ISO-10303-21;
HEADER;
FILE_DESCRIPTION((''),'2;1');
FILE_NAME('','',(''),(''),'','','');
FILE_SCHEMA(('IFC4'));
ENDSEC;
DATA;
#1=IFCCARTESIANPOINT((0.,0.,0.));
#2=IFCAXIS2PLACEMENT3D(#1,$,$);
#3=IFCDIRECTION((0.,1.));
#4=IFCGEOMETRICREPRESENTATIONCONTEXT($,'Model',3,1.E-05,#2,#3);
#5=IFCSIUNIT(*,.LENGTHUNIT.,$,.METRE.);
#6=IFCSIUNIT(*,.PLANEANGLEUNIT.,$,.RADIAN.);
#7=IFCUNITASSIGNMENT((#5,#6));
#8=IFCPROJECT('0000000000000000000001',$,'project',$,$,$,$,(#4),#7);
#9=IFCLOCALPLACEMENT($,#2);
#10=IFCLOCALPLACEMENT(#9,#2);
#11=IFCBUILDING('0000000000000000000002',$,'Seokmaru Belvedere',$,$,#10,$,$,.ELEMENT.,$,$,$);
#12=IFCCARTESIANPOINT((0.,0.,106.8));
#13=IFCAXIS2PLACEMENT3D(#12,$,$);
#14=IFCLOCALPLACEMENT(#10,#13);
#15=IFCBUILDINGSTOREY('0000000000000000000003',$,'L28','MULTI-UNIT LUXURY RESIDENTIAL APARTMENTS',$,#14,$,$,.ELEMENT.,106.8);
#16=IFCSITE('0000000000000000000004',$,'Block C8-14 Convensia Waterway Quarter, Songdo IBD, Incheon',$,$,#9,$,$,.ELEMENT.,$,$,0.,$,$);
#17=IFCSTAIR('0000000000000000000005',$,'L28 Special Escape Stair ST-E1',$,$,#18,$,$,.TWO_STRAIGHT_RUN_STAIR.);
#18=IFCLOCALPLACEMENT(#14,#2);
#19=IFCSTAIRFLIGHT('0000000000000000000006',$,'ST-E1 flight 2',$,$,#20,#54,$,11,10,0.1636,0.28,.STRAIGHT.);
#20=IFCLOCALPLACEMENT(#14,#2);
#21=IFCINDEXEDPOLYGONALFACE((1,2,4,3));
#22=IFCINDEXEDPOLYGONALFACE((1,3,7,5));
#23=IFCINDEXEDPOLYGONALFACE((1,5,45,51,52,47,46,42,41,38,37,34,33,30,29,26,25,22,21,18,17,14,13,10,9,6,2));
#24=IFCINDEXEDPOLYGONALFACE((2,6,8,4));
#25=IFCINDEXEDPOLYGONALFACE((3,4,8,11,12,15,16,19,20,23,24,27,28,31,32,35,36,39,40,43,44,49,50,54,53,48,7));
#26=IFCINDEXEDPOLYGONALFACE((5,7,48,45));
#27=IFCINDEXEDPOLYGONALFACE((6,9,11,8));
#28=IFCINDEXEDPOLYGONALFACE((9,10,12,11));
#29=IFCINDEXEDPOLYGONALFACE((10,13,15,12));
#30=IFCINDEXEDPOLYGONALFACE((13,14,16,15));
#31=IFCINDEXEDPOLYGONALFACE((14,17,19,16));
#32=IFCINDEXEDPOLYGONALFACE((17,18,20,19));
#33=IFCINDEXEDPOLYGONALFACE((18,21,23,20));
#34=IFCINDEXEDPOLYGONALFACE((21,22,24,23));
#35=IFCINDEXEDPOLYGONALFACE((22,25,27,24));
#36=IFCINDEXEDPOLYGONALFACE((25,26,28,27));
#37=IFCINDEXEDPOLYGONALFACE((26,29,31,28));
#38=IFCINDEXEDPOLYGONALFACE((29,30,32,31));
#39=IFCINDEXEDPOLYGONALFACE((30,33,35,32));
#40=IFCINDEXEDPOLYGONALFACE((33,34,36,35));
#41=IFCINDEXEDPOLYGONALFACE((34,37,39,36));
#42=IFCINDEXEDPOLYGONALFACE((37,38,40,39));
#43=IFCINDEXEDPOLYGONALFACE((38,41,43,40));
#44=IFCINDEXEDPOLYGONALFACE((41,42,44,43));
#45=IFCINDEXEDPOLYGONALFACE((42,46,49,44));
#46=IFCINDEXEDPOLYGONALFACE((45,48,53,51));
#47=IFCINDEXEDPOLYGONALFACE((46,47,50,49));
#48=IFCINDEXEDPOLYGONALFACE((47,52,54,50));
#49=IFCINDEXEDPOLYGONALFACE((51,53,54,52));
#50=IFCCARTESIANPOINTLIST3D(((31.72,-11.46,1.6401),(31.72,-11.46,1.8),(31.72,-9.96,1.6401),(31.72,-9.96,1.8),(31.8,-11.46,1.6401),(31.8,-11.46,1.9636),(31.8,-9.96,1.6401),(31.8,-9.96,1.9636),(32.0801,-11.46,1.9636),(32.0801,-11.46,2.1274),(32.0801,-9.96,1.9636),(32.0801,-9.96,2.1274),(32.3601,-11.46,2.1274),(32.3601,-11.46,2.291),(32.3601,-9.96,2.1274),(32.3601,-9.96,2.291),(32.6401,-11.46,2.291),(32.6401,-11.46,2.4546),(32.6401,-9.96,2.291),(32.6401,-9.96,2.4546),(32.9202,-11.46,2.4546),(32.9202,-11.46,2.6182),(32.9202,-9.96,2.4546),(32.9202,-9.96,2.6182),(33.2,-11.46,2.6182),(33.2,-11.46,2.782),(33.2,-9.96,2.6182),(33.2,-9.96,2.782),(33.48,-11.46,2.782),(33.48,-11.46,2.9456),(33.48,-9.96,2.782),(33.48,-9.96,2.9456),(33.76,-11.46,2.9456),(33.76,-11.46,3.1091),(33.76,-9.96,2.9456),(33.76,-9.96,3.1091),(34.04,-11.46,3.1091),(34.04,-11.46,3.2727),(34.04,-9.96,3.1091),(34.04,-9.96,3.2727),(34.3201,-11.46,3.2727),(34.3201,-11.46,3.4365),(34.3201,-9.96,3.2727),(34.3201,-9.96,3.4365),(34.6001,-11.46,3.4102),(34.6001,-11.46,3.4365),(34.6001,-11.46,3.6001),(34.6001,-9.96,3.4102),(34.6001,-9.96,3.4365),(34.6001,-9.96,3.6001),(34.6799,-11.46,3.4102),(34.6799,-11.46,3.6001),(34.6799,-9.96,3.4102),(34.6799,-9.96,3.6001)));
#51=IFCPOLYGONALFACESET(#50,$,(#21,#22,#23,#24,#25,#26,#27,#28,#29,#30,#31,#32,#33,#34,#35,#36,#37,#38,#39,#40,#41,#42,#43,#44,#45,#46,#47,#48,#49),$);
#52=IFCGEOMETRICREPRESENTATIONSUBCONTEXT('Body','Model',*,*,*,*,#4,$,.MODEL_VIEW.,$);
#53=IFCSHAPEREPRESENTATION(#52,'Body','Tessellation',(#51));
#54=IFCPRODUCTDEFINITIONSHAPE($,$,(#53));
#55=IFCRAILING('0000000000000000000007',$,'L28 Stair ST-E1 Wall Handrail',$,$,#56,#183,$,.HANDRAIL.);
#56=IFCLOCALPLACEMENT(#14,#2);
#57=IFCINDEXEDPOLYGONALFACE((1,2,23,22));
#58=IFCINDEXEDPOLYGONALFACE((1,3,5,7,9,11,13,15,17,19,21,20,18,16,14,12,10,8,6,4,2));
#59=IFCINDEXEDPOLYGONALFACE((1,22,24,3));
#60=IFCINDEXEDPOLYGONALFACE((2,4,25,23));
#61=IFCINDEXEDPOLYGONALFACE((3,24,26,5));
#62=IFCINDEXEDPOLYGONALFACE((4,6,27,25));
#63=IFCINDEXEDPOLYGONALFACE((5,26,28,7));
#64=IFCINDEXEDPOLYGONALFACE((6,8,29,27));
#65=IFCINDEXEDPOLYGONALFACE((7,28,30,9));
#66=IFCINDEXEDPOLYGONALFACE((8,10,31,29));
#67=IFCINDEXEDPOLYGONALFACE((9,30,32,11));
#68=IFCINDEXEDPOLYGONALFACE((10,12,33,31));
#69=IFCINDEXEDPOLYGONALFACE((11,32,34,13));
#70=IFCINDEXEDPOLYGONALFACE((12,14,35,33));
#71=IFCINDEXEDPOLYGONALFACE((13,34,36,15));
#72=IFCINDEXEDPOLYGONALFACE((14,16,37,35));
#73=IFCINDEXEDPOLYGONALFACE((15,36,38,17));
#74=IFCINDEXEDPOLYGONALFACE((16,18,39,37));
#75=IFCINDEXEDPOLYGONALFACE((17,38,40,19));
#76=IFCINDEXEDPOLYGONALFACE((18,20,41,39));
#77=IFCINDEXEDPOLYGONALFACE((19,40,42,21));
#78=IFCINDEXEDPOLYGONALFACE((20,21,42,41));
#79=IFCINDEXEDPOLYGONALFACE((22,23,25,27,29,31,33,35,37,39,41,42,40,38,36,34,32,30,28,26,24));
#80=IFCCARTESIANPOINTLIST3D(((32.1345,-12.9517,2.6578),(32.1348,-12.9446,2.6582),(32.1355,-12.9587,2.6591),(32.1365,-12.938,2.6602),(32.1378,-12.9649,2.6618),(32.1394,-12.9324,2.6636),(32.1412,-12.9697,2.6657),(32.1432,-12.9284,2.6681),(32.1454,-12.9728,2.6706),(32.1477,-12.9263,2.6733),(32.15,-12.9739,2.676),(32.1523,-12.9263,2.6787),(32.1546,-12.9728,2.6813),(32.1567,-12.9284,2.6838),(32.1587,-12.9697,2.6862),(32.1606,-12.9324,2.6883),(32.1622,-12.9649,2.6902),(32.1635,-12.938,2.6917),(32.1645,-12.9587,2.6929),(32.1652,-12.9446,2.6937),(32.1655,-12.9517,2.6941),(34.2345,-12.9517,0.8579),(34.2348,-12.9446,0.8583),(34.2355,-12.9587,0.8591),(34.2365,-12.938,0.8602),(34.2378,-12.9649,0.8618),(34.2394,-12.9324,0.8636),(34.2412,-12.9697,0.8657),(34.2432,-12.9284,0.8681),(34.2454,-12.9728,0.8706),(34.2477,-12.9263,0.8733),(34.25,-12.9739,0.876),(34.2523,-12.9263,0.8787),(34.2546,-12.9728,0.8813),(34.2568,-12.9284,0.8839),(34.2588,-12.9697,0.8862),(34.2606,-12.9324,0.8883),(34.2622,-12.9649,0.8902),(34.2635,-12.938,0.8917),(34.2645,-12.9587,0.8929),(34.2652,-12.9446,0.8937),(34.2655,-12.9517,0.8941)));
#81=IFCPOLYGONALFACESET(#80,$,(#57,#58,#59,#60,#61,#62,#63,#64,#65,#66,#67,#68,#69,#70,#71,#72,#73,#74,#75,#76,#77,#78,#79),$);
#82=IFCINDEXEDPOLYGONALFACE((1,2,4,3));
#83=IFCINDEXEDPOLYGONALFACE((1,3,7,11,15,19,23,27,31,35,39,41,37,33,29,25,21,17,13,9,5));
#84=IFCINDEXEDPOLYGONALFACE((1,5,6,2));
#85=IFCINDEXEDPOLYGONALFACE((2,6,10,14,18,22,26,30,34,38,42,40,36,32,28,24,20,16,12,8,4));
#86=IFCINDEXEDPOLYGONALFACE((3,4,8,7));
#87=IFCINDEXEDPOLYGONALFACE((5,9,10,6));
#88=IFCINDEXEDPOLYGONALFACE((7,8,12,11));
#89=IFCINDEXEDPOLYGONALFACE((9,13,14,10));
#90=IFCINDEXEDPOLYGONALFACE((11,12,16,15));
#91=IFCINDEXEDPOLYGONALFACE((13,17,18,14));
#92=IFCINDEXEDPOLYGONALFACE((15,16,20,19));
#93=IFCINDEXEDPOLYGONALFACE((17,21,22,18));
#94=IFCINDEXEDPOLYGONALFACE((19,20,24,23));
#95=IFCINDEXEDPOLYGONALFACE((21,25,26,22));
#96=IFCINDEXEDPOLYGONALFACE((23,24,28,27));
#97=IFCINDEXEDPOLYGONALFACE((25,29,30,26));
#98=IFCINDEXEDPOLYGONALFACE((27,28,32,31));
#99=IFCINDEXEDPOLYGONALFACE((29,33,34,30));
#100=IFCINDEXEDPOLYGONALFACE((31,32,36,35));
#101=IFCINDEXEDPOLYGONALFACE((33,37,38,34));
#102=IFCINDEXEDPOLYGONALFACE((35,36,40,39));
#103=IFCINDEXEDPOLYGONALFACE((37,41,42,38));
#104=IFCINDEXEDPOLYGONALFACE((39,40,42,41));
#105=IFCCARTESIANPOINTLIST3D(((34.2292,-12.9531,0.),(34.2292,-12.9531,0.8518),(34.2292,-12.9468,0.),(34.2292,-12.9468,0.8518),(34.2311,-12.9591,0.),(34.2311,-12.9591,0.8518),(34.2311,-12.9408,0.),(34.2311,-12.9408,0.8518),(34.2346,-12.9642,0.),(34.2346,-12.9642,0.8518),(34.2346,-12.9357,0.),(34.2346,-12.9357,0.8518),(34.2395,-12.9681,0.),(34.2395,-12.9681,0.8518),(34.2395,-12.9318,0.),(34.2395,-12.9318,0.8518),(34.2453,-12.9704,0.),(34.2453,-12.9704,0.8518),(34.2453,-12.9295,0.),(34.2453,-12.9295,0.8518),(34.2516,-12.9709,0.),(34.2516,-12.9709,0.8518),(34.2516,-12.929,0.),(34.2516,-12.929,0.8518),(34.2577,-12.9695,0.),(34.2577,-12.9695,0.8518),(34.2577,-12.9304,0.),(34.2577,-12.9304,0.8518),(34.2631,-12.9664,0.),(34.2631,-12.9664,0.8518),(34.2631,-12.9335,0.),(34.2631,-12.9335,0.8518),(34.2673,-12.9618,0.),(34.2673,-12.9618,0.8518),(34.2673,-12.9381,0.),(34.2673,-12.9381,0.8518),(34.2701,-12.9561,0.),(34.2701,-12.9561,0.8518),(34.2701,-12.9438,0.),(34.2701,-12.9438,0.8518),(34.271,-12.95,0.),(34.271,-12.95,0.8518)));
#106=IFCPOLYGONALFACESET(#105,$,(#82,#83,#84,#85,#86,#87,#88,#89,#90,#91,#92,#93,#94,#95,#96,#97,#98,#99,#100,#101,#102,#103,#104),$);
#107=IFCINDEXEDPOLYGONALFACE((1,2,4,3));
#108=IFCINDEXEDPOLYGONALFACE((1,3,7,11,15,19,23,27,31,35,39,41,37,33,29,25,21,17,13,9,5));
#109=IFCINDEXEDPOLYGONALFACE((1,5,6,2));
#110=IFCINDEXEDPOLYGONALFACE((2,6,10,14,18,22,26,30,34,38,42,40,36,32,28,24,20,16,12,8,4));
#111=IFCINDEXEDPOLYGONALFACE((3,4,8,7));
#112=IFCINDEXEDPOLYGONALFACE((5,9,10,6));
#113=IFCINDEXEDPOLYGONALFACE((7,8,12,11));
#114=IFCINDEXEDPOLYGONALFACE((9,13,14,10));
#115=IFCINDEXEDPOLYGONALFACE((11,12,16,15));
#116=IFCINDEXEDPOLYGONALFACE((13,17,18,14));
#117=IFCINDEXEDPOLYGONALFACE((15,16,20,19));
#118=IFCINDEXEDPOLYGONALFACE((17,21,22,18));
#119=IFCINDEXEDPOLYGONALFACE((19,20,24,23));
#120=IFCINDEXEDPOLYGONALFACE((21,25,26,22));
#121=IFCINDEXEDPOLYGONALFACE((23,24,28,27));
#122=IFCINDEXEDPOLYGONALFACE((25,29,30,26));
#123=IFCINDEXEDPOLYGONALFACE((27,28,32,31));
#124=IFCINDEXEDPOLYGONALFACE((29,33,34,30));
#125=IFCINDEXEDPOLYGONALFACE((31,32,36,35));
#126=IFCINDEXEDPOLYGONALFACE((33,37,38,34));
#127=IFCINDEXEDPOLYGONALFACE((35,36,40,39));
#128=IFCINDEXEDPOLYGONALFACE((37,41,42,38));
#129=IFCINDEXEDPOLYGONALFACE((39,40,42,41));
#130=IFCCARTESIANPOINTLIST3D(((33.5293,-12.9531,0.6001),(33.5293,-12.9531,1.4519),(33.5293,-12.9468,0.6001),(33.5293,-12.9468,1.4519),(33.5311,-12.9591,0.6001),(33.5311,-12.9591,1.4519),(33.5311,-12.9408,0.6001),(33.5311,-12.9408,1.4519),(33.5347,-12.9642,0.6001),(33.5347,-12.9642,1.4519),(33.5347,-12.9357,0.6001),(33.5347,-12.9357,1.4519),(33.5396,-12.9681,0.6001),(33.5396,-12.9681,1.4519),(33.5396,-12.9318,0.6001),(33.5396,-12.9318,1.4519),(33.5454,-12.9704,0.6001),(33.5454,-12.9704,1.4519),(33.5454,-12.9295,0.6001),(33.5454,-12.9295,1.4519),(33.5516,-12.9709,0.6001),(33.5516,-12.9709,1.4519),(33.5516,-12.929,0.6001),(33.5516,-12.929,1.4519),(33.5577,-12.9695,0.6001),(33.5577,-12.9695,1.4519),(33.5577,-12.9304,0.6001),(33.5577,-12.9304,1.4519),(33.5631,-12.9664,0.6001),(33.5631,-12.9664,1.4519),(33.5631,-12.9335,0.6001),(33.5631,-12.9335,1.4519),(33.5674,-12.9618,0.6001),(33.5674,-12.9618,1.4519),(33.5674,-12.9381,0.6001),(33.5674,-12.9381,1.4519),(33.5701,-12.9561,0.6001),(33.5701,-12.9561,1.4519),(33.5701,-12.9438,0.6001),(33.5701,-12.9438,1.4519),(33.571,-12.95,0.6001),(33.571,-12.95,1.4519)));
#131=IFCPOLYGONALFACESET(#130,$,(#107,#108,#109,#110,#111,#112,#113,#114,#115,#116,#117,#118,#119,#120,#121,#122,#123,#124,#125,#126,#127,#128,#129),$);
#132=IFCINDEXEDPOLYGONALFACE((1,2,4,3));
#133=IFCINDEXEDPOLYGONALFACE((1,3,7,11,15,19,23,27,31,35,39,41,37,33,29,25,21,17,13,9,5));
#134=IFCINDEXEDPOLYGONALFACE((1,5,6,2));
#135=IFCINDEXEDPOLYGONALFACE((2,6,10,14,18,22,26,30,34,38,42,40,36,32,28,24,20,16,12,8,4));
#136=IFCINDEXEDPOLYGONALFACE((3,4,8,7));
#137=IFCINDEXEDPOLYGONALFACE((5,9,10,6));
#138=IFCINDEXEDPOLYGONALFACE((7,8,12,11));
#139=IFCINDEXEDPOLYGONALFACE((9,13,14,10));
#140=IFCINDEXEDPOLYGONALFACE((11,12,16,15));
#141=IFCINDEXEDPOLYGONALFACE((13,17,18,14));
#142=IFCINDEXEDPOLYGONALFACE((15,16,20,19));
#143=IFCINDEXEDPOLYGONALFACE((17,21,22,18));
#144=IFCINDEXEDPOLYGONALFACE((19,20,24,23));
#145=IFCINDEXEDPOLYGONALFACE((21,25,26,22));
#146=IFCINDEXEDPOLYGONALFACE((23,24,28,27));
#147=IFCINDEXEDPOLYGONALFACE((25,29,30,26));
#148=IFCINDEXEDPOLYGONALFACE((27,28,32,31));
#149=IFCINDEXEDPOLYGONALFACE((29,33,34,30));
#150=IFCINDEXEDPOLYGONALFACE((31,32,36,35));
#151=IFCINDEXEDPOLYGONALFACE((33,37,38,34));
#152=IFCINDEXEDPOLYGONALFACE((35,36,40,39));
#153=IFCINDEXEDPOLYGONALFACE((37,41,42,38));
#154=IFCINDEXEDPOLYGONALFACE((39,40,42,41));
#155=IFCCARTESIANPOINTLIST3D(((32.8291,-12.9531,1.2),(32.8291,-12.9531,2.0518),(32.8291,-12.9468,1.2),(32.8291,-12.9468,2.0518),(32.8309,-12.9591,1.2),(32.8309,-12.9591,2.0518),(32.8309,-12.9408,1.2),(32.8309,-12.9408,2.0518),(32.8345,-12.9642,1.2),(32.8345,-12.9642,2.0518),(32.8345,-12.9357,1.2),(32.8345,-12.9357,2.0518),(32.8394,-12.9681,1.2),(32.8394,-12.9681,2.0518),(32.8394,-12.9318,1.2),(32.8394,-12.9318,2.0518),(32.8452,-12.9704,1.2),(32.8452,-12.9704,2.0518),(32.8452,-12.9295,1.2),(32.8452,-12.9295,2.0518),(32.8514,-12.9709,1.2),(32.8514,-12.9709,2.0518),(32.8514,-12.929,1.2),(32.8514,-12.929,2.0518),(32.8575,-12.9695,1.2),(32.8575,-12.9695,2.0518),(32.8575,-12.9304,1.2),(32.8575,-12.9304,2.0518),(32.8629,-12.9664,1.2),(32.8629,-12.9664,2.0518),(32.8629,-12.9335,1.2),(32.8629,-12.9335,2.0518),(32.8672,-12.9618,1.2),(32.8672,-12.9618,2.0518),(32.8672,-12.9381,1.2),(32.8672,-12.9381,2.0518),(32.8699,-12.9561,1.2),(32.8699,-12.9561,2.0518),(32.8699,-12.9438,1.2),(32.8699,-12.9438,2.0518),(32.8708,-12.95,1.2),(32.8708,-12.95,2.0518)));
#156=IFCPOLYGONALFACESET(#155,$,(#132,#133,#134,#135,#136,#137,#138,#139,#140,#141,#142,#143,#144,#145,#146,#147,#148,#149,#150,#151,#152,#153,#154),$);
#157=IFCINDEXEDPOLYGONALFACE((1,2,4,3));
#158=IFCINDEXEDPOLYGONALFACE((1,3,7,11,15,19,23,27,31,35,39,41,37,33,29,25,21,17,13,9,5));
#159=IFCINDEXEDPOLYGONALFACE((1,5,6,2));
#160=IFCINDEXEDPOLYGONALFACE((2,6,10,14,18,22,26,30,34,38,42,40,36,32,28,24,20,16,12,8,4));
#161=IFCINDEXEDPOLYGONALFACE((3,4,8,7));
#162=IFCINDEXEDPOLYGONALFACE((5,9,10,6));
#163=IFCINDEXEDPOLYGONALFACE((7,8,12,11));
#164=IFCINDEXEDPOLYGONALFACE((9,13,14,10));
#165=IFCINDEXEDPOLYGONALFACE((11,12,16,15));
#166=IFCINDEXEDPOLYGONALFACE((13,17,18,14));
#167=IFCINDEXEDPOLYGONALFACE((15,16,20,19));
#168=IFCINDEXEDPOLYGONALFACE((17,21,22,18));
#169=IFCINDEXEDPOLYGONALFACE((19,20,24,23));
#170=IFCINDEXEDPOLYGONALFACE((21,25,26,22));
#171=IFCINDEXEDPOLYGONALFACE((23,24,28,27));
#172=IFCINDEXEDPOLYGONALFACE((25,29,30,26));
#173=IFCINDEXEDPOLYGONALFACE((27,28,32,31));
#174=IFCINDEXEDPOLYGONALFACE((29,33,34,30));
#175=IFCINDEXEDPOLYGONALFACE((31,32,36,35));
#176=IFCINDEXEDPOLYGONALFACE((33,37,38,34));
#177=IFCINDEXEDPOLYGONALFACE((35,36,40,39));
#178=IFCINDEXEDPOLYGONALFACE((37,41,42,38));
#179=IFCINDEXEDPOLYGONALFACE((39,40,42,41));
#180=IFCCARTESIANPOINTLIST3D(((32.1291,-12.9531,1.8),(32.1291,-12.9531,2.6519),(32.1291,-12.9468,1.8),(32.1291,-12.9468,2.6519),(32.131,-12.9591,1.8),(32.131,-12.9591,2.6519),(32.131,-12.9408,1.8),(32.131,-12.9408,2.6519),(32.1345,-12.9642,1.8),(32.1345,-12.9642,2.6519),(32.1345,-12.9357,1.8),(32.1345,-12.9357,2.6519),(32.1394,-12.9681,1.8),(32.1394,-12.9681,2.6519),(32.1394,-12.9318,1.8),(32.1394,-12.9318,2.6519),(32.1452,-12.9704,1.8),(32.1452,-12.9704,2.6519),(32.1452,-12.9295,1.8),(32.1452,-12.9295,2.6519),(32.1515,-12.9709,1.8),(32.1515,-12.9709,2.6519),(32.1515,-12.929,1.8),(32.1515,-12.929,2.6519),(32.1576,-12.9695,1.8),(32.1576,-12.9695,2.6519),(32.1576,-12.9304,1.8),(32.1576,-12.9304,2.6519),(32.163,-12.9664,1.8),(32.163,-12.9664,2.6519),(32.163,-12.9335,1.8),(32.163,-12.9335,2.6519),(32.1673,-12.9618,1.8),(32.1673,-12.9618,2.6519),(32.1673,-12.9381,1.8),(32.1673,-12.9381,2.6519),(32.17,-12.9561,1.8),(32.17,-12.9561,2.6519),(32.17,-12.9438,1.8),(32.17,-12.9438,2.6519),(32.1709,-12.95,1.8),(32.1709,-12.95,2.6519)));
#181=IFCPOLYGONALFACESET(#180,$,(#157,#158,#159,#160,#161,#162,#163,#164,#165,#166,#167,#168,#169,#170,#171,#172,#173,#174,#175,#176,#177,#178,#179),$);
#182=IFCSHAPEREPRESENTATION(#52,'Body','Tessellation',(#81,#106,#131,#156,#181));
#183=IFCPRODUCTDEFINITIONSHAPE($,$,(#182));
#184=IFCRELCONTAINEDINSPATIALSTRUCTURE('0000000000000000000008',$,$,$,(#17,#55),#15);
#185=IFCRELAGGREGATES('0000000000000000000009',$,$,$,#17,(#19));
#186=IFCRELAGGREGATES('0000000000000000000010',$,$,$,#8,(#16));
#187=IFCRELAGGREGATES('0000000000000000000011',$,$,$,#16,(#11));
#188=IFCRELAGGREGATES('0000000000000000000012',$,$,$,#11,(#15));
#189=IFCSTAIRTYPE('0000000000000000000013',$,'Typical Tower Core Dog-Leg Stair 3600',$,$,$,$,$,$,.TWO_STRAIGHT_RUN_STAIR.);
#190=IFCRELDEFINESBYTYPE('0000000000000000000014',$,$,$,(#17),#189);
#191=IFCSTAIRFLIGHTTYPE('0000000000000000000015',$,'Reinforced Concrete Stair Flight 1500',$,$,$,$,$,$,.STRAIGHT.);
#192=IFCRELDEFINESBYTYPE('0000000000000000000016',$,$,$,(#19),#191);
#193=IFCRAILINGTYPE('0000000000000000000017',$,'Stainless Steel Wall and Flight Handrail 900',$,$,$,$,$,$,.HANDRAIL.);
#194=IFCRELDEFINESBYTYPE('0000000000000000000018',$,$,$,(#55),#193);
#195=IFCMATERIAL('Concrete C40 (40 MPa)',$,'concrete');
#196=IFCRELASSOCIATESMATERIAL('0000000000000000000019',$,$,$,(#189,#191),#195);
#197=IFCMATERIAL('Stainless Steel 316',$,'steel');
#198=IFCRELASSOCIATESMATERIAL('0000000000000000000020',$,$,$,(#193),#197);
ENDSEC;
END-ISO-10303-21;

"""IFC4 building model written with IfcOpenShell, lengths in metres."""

from ifc_helpers import new_model, si_unit, direction, frame, origin, origin_2d, place, context, subcontext, project, spatial, polyline, circle, outline, extrude, material, type_object, element, aggregate, save


model = new_model("IFC4")

# Units and contexts
model_context = context("Model", 3, precision=1e-05, world=origin(), true_north=direction((0.0, 1.0)))
body_context = subcontext(model_context, "Body", "Model", "MODEL_VIEW")
ifc_project = project(units=[si_unit("LENGTHUNIT", "METRE"), si_unit("PLANEANGLEUNIT", "RADIAN")], contexts=[model_context])

# Site, building, storey
site_placement = place(None, origin())
site = spatial("IfcSite", under=ifc_project, at=site_placement, Name="Block C8-14 Convensia Waterway Quarter, Songdo IBD, Incheon", CompositionType="ELEMENT", RefElevation=0.0)
building_placement = place(site_placement, origin())
building = spatial("IfcBuilding", under=site, at=building_placement, Name="Seokmaru Belvedere", CompositionType="ELEMENT")
storey_placement = place(building_placement, frame((0.0, 0.0, 106.8)))
storey = spatial("IfcBuildingStorey", under=building, at=storey_placement, Name="L28", Description="MULTI-UNIT LUXURY RESIDENTIAL APARTMENTS", CompositionType="ELEMENT", Elevation=106.8)

# Shared definitions
ifc_material_1 = material(Name="Stainless Steel 316", Category="steel")

# Stair, stair flight
ifc_material_2 = material(Name="Concrete C40 (40 MPa)", Category="concrete")
stair_type = type_object("IfcStairType", Name="Typical Tower Core Dog-Leg Stair 3600", PredefinedType="TWO_STRAIGHT_RUN_STAIR", material=ifc_material_2)
stair_placement = place(storey_placement, origin())
stair = element("IfcStair", 1, at=stair_placement, inside=storey, type_object=stair_type, Name="L28 Special Escape Stair ST-E1", PredefinedType="TWO_STRAIGHT_RUN_STAIR")
stair_flight_type = type_object("IfcStairFlightType", Name="Reinforced Concrete Stair Flight 1500", PredefinedType="STRAIGHT", material=ifc_material_2)
stair_flight_1_placement = place(storey_placement, frame((31.8, -10.71, 1.8), z_axis=(0.0, 0.0, 1.0), x_axis=(1.0, 0.0, 0.0)))
stair_flight_1 = element("IfcStairFlight", 2, at=stair_flight_1_placement, type_object=stair_flight_type, Name="ST-E1 flight 2", NumberOfRisers=11, NumberOfTreads=10, PredefinedType="STRAIGHT", RiserHeight=0.1636, TreadLength=0.28, context=body_context, shape_type="SweptSolid", body=[
    extrude(outline(polyline([(-0.0801, 0.0), (0.0, 0.1636), (0.28, 0.1636), (0.28, 0.3274), (0.5601, 0.3274), (0.5601, 0.491), (0.8401, 0.491), (0.8401, 0.6545), (1.1201, 0.6545), (1.1201, 0.8181), (1.3999, 0.8181), (1.3999, 0.9819), (1.6799, 0.9819), (1.6799, 1.1455), (1.96, 1.1455), (1.96, 1.3091), (2.24, 1.3091), (2.24, 1.4727), (2.52, 1.4727), (2.52, 1.6365), (2.8, 1.6365), (2.8, 1.8), (2.8799, 1.8), (2.8799, 1.6101), (2.8, 1.6101), (0.0, -0.1599), (-0.0801, -0.1599), (-0.0801, 0.0)])), frame((0.0, 0.75, 0.0), z_axis=(0.0, -1.0, 0.0), x_axis=(1.0, 0.0, 0.0)), (0.0, 0.0, 1.0), 1.5),
])
aggregate(stair, [stair_flight_1])

# Railing
railing_type_1 = type_object("IfcRailingType", Name="Stainless Steel Wall and Flight Handrail 900", PredefinedType="HANDRAIL", material=ifc_material_1)
railing_1_placement = place(storey_placement, frame((34.25, -12.95, 0.0)))
element("IfcRailing", 3, at=railing_1_placement, inside=storey, type_object=railing_type_1, Name="L28 Stair ST-E1 Wall Handrail", PredefinedType="HANDRAIL", context=body_context, shape_type="SweptSolid", body=[
    extrude(circle(Radius=0.0239, at=origin_2d()), frame((0.0, 0.0, 0.876), z_axis=(-0.759263, 0.0, 0.650784), x_axis=(0.0, -1.0, 0.0)), (0.0, 0.0, 1.0), 2.7659),
    extrude(circle(Radius=0.021, at=origin_2d()), origin(), (0.0, 0.0, 1.0), 0.8518),
    extrude(circle(Radius=0.021, at=origin_2d()), frame((-0.7, 0.0, 0.6001)), (0.0, 0.0, 1.0), 0.8518),
    extrude(circle(Radius=0.021, at=origin_2d()), frame((-1.4001, 0.0, 1.2)), (0.0, 0.0, 1.0), 0.8518),
    extrude(circle(Radius=0.021, at=origin_2d()), frame((-2.1001, 0.0, 1.8)), (0.0, 0.0, 1.0), 0.8518),
])

save(model, "model.ifc")
